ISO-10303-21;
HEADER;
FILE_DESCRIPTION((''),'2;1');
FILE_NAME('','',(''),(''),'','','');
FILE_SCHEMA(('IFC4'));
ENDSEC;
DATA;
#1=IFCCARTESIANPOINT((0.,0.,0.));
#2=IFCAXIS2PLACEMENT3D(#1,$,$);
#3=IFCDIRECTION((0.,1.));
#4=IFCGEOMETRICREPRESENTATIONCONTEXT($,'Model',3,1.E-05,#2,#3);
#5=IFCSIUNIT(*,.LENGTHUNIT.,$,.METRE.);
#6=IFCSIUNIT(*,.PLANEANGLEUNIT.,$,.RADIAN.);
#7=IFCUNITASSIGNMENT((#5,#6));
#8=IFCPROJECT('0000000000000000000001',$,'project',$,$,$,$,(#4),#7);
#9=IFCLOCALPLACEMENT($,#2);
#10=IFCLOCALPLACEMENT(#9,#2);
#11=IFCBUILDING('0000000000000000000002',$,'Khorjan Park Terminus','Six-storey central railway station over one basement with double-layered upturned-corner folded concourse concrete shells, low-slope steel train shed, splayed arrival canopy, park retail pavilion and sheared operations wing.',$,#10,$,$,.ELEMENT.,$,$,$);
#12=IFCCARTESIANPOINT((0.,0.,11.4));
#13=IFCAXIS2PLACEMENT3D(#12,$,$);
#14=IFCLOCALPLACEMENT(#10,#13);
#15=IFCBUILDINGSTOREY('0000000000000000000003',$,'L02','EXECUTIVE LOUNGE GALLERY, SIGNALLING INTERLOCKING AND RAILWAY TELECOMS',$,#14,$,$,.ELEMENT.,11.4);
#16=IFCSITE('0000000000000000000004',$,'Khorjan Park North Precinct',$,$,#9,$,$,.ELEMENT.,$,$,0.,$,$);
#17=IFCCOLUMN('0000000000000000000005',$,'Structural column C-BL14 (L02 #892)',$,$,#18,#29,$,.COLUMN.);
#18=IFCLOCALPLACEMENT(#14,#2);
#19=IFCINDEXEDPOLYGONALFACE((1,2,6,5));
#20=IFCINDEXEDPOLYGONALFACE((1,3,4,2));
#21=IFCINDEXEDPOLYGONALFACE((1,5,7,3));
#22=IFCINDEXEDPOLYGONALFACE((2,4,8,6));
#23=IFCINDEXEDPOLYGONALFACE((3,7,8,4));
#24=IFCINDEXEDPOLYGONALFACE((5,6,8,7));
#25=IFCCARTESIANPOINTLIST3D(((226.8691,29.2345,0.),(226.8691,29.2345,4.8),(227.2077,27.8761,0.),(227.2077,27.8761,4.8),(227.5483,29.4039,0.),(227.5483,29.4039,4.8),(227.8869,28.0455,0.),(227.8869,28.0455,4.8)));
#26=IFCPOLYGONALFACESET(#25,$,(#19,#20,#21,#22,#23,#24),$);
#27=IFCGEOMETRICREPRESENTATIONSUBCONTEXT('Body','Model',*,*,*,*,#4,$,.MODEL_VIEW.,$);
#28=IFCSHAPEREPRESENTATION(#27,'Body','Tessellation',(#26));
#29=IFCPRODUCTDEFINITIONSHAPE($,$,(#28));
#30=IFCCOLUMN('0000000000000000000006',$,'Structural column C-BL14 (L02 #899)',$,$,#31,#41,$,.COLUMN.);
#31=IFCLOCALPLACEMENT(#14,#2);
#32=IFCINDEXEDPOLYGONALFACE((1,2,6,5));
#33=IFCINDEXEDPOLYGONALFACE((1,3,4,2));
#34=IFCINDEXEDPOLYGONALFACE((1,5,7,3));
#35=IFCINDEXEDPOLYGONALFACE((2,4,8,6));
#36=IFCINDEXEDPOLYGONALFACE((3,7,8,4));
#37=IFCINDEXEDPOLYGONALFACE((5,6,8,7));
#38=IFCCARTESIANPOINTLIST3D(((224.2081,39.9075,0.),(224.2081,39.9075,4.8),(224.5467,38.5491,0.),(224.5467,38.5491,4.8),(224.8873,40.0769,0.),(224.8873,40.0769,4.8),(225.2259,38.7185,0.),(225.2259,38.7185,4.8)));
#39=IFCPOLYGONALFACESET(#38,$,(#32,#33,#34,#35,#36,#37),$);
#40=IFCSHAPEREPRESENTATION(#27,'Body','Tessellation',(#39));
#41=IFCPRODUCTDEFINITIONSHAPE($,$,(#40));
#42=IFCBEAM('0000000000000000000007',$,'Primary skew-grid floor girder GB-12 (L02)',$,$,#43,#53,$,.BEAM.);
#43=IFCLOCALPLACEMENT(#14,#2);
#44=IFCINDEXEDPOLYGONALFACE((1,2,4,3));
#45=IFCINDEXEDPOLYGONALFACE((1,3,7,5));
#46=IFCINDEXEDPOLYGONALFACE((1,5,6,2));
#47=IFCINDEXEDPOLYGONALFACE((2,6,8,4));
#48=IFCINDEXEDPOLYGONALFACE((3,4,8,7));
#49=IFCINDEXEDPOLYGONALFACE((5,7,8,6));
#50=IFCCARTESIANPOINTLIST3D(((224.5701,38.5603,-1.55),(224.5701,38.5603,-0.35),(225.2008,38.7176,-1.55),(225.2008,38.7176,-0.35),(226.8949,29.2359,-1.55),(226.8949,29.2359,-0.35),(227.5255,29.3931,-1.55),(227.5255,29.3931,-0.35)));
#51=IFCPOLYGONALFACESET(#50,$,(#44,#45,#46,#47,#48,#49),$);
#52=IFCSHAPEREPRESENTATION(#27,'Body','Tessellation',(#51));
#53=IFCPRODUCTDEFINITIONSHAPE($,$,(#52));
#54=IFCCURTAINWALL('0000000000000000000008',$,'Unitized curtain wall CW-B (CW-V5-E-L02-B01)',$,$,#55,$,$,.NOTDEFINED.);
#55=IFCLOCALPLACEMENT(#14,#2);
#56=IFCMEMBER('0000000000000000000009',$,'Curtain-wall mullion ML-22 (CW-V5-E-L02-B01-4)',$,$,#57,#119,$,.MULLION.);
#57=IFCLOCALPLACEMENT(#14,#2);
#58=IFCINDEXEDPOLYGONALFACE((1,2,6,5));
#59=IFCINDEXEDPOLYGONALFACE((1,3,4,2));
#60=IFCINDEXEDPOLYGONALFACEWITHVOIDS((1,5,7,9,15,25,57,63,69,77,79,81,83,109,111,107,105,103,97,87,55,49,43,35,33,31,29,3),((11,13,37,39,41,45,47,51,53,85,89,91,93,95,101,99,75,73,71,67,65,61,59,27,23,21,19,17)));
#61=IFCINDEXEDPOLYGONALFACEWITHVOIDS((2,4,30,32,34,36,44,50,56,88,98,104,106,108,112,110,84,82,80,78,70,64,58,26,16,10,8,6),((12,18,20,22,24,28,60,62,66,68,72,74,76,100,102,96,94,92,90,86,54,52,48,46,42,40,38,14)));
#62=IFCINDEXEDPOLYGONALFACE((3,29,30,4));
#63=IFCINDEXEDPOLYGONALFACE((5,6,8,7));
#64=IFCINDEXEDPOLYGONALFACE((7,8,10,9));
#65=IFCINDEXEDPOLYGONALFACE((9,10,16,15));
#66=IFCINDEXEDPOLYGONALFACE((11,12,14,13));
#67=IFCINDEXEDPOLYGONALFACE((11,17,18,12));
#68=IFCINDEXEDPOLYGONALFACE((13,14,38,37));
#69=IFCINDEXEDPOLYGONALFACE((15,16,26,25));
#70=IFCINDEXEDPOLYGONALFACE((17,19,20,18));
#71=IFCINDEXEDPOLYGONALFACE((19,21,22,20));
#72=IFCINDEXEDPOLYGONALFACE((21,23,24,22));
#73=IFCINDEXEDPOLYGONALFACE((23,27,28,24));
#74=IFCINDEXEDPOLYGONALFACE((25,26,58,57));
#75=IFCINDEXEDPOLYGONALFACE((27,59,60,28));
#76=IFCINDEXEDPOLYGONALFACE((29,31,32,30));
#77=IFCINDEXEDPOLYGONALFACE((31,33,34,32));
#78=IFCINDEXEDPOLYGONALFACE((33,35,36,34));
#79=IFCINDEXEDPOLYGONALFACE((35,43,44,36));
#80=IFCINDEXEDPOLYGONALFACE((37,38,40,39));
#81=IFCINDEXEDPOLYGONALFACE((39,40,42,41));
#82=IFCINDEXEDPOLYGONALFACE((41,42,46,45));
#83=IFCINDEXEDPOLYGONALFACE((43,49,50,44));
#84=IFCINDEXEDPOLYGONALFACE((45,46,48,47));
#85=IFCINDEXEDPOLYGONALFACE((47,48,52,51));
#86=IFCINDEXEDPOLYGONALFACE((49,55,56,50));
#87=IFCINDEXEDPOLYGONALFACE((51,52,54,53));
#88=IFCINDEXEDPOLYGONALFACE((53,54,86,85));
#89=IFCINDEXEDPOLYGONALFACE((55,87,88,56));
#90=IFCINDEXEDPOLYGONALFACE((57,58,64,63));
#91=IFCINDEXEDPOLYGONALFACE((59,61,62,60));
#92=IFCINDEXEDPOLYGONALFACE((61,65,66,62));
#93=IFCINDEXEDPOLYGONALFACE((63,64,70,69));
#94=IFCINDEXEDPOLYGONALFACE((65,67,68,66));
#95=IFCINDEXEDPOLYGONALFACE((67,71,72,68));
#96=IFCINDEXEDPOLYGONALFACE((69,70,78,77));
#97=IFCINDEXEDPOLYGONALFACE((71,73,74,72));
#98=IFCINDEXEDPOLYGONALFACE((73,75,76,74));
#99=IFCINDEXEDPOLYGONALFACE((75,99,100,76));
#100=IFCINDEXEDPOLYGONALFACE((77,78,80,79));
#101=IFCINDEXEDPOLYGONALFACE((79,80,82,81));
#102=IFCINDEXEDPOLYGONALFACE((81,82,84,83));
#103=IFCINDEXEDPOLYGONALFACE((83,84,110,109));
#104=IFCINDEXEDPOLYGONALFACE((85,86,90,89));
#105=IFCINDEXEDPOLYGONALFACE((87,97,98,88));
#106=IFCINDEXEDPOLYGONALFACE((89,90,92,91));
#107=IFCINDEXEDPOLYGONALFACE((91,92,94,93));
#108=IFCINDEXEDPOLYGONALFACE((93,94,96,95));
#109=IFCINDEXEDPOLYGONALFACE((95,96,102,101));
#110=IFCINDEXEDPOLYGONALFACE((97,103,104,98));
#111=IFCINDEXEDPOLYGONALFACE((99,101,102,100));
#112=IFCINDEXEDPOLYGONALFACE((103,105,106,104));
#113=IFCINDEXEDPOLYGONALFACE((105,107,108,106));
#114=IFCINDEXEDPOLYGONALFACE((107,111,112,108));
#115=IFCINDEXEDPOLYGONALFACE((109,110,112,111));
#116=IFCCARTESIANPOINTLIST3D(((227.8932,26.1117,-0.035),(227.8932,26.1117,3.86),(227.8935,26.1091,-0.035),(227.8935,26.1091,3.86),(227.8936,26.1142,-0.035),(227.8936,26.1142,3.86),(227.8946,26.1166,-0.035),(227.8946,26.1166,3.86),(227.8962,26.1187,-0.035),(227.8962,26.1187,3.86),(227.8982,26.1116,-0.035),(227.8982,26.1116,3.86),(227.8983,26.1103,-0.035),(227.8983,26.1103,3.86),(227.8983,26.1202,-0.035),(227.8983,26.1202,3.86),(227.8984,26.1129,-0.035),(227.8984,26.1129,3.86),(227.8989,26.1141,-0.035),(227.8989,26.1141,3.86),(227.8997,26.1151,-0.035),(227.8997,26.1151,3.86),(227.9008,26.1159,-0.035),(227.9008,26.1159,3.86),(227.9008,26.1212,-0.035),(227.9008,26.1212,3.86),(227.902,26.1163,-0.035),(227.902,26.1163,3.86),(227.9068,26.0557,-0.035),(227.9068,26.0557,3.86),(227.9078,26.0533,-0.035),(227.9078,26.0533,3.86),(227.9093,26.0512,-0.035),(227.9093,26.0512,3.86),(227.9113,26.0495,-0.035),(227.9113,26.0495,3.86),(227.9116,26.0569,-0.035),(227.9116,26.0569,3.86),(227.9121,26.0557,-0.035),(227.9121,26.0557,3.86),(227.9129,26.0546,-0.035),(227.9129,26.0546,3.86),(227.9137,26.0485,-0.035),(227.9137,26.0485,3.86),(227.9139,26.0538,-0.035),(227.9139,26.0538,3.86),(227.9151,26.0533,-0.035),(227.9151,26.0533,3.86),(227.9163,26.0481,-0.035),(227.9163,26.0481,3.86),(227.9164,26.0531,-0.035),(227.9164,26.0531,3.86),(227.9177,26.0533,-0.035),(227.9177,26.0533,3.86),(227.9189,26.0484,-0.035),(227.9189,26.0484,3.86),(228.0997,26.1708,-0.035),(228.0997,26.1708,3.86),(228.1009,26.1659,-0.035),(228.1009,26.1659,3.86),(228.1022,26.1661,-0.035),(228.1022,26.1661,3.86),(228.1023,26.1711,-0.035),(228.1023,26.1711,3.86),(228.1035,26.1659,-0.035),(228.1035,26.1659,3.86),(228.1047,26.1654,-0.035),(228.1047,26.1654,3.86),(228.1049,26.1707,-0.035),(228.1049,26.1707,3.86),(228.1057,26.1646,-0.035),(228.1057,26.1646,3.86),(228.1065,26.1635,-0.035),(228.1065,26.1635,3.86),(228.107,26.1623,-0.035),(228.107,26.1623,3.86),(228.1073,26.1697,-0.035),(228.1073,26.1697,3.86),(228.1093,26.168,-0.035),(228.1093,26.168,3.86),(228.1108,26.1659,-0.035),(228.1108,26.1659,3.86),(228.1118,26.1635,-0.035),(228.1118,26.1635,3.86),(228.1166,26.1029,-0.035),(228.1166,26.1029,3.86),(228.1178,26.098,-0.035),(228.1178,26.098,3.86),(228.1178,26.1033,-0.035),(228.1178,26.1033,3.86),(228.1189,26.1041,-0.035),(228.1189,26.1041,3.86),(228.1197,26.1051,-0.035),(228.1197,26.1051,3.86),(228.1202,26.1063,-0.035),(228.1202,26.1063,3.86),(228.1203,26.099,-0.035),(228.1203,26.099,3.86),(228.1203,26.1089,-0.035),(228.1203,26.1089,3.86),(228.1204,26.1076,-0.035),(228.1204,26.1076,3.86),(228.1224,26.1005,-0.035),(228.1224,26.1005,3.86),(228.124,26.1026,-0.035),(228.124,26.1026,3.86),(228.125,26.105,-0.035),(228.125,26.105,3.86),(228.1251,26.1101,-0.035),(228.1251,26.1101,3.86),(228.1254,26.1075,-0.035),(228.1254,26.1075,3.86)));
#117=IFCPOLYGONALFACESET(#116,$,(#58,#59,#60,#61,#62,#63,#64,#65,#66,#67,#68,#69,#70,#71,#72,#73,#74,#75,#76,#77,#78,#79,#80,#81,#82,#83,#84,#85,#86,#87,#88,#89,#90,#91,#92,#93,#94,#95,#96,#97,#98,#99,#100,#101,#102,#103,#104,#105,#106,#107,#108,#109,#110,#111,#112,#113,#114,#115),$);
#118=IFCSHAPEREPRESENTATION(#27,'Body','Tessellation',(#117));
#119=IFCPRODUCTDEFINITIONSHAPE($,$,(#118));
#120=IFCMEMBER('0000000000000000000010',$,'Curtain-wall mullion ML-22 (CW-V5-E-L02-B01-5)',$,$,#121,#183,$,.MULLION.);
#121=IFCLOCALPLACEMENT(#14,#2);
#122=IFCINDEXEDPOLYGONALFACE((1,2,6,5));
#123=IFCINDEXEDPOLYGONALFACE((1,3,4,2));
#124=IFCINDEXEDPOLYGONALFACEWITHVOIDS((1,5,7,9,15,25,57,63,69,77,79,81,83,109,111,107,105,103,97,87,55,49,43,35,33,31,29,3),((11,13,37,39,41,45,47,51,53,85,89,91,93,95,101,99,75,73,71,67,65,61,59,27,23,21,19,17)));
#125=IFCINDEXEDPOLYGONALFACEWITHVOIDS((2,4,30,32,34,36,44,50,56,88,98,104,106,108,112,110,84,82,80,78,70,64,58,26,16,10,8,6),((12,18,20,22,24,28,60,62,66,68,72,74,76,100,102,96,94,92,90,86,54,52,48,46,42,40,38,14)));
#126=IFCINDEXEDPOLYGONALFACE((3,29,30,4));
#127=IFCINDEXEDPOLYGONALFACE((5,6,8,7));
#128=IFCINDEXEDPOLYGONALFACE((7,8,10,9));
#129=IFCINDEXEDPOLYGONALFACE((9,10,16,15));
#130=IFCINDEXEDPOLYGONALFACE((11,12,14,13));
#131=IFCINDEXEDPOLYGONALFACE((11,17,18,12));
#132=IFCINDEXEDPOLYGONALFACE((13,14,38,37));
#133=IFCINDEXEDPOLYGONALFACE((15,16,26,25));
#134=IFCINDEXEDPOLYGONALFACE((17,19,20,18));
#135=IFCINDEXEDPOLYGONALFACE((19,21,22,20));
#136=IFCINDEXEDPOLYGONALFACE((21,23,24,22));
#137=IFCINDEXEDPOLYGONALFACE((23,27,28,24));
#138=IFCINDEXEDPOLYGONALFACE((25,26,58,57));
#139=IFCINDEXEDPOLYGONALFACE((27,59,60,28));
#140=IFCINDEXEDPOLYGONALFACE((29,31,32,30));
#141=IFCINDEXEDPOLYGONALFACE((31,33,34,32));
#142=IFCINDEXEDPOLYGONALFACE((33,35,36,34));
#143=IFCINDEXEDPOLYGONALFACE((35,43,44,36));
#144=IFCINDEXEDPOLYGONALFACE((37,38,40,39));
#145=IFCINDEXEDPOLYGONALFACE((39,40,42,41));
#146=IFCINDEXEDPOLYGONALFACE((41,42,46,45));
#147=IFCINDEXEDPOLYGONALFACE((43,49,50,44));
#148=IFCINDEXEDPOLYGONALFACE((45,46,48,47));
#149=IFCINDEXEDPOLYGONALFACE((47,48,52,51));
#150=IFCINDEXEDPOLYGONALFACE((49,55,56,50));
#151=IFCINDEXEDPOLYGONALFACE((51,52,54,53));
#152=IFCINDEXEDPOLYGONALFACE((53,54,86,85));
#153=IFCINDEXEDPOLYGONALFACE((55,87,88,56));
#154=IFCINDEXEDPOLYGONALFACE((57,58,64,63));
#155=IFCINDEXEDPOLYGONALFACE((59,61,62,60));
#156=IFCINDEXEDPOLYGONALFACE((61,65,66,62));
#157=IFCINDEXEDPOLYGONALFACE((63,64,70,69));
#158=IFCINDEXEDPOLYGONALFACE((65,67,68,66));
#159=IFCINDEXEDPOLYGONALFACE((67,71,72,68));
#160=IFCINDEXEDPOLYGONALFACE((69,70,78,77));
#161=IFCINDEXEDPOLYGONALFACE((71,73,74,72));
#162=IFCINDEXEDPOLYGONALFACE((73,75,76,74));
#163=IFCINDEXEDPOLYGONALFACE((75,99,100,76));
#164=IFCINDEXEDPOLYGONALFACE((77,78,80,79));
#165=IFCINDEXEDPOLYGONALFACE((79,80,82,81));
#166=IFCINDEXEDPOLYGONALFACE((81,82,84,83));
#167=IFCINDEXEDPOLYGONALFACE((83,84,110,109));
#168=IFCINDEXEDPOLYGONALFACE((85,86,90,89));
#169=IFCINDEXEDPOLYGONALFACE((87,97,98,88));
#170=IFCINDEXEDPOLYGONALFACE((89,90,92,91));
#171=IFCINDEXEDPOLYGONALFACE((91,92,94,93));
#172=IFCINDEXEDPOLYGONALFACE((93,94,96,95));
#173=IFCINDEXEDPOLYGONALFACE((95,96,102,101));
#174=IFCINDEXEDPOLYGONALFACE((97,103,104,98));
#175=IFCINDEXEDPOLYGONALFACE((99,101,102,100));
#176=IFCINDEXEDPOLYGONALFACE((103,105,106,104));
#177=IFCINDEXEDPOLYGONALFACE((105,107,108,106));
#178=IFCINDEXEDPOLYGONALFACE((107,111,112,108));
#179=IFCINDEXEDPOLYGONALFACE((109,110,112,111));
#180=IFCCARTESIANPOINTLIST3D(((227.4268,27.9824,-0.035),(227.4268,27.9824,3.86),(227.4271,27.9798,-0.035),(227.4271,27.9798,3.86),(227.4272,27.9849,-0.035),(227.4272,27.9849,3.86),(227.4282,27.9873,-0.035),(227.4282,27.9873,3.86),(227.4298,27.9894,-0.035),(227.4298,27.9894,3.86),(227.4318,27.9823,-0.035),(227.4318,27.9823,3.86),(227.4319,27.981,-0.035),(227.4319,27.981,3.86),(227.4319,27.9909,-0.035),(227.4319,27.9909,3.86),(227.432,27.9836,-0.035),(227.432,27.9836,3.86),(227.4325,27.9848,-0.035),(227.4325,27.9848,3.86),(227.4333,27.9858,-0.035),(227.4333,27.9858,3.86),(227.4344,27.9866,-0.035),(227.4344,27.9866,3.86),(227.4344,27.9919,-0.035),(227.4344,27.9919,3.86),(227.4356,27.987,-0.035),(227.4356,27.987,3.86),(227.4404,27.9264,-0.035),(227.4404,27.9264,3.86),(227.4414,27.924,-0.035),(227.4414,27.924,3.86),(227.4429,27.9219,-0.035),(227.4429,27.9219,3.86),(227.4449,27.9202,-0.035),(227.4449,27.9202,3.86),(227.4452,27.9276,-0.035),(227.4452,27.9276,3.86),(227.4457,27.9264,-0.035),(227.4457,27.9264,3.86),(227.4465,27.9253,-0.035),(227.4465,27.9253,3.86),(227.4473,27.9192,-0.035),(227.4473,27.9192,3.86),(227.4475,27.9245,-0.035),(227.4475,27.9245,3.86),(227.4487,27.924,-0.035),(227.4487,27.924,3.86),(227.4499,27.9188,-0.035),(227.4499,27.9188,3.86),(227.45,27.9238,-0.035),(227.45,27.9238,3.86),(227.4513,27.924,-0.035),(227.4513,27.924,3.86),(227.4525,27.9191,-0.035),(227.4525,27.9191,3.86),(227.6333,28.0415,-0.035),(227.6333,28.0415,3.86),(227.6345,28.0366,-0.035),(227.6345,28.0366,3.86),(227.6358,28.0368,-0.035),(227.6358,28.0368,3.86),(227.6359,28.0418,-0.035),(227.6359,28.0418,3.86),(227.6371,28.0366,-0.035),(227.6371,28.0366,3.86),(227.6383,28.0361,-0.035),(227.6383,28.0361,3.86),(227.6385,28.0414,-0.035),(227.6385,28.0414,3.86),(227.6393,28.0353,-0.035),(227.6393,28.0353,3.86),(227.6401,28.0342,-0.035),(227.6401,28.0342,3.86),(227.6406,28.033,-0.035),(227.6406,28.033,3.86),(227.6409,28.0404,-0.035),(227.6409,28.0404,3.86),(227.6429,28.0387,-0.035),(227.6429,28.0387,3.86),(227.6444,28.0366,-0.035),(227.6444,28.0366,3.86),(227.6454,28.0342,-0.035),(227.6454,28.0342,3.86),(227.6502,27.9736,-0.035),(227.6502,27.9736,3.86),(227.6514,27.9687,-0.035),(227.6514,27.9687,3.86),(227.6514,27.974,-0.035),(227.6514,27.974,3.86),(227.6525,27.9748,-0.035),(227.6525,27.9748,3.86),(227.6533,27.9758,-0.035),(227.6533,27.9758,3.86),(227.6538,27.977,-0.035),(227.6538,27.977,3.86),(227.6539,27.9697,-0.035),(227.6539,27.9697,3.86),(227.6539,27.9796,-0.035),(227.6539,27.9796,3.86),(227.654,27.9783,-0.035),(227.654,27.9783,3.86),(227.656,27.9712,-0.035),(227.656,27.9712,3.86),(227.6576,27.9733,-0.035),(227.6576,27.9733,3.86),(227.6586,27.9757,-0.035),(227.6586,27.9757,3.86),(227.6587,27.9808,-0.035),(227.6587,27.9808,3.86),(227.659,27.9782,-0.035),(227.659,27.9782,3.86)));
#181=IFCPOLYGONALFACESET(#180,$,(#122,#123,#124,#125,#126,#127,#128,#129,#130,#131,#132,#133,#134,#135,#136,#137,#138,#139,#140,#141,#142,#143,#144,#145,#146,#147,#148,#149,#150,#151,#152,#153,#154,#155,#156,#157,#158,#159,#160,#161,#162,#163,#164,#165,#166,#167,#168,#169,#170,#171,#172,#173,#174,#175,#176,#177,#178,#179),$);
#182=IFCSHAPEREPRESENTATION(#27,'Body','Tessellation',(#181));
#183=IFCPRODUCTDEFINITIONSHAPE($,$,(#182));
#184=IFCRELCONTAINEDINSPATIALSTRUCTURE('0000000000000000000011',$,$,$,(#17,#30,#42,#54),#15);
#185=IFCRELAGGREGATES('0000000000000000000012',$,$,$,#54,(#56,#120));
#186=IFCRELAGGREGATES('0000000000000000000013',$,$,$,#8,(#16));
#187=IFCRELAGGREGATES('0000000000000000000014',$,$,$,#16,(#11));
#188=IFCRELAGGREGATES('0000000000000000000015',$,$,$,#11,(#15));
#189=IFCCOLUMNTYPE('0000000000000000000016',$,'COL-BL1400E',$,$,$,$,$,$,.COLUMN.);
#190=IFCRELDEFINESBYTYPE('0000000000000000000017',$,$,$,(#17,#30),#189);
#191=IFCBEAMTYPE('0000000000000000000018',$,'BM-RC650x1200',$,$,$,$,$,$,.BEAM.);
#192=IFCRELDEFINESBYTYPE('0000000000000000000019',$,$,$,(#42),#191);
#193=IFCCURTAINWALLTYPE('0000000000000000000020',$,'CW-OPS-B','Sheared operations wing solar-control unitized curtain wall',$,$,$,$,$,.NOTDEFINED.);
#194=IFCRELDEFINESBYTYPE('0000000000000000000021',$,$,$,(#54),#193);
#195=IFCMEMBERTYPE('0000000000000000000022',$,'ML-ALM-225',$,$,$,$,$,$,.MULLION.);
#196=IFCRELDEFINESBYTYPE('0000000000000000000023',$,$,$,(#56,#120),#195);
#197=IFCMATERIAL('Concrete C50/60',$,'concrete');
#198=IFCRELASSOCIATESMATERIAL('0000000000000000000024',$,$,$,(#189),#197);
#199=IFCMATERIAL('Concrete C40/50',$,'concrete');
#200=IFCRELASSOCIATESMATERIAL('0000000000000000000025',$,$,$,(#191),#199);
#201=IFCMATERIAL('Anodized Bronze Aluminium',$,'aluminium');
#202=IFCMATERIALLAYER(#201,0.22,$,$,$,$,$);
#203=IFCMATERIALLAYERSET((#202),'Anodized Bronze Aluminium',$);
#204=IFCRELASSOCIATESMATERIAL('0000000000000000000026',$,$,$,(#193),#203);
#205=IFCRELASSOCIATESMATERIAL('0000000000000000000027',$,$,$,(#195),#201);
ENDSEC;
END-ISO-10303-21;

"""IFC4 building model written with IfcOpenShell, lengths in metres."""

from ifc_helpers import new_model, si_unit, direction, frame, origin, origin_2d, place, context, subcontext, project, spatial, rectangle, hollow_rectangle, extrude, material, layer, layer_set, material_profile, profile_set, type_object, element, aggregate, save


model = new_model("IFC4")

# Units and contexts
model_context = context("Model", 3, precision=1e-05, world=origin(), true_north=direction((0.0, 1.0)))
body_context = subcontext(model_context, "Body", "Model", "MODEL_VIEW")
ifc_project = project(units=[si_unit("LENGTHUNIT", "METRE"), si_unit("PLANEANGLEUNIT", "RADIAN")], contexts=[model_context])

# Site, building, storey
site_placement = place(None, origin())
site = spatial("IfcSite", under=ifc_project, at=site_placement, Name="Khorjan Park North Precinct", CompositionType="ELEMENT", RefElevation=0.0)
building_placement = place(site_placement, origin())
building = spatial("IfcBuilding", under=site, at=building_placement, Name="Khorjan Park Terminus", Description="Six-storey central railway station over one basement with double-layered upturned-corner folded concourse concrete shells, low-slope steel train shed, splayed arrival canopy, park retail pavilion and sheared operations wing.", CompositionType="ELEMENT")
storey_placement = place(building_placement, frame((0.0, 0.0, 11.4)))
storey = spatial("IfcBuildingStorey", under=building, at=storey_placement, Name="L02", Description="EXECUTIVE LOUNGE GALLERY, SIGNALLING INTERLOCKING AND RAILWAY TELECOMS", CompositionType="ELEMENT", Elevation=11.4)

# Columns
ifc_material_1 = material(Name="Concrete C50/60", Category="concrete")
ifc_material_profile_1 = material_profile(ifc_material_1, rectangle(XDim=0.7, YDim=1.4, at=origin_2d()), Name="RC 700x1400")
ifc_profile_set_1 = profile_set([ifc_material_profile_1], Name="Concrete C50/60")
column_type = type_object("IfcColumnType", Name="COL-BL1400E", PredefinedType="COLUMN", material=ifc_profile_set_1)
for number, where, z_axis, x_axis, name in (
    (1, (227.378, 28.64, 0.0), (0.0, 0.0, 1.0), (0.970296, 0.241922, 0.0), "Structural column C-BL14 (L02 #892)"),
    (2, (224.717, 39.313, 0.0), (0.0, 0.0, 1.0), (0.970296, 0.241922, 0.0), "Structural column C-BL14 (L02 #899)"),
):
    element("IfcColumn", number, at=place(storey_placement, frame(where, z_axis=z_axis, x_axis=x_axis)), inside=storey, type_object=column_type, Name=name, PredefinedType="COLUMN", context=body_context, shape_type="SweptSolid", body=[
        extrude(rectangle(XDim=0.7, YDim=1.4, at=origin_2d()), origin(), (0.0, 0.0, 1.0), 4.8),
    ])

# Beam
ifc_material_2 = material(Name="Concrete C40/50", Category="concrete")
ifc_material_profile_2 = material_profile(ifc_material_2, rectangle(XDim=0.65, YDim=1.2, at=origin_2d()), Name="RC 650x1200")
ifc_profile_set_2 = profile_set([ifc_material_profile_2], Name="Concrete C40/50")
beam_type = type_object("IfcBeamType", Name="BM-RC650x1200", PredefinedType="BEAM", material=ifc_profile_set_2)
beam_placement = place(storey_placement, frame((227.2102, 29.3145, -0.95), z_axis=(-0.241916, 0.970297, 0.0), x_axis=(-0.970297, -0.241916, 0.0)))
element("IfcBeam", 3, at=beam_placement, inside=storey, type_object=beam_type, Name="Primary skew-grid floor girder GB-12 (L02)", PredefinedType="BEAM", context=body_context, shape_type="SweptSolid", body=[
    extrude(rectangle(XDim=0.65, YDim=1.2, at=origin_2d()), origin(), (0.0, 0.0, 1.0), 9.6099),
])

# Curtain wall, members
ifc_material_3 = material(Name="Anodized Bronze Aluminium", Category="aluminium")
ifc_layer_1 = layer(ifc_material_3, 0.22)
ifc_layer_set_1 = layer_set([ifc_layer_1], Name="Anodized Bronze Aluminium")
curtain_wall_type = type_object("IfcCurtainWallType", Name="CW-OPS-B", Description="Sheared operations wing solar-control unitized curtain wall", PredefinedType="NOTDEFINED", material=ifc_layer_set_1)
curtain_wall_1_placement = place(storey_placement, origin())
curtain_wall_1 = element("IfcCurtainWall", 4, at=curtain_wall_1_placement, inside=storey, type_object=curtain_wall_type, Name="Unitized curtain wall CW-B (CW-V5-E-L02-B01)", PredefinedType="NOTDEFINED")
ifc_material_profile_3 = material_profile(ifc_material_3, hollow_rectangle(XDim=0.075, YDim=0.225, WallThickness=0.005, InnerFilletRadius=0.005, OuterFilletRadius=0.01, at=origin_2d()), Name="ALM 75x225x5")
ifc_profile_set_3 = profile_set([ifc_material_profile_3], Name="Anodized Bronze Aluminium")
member_type_1 = type_object("IfcMemberType", Name="ML-ALM-225", PredefinedType="MULLION", material=ifc_profile_set_3)
member_1_placement = place(storey_placement, frame((228.0093, 26.1096, -0.035), z_axis=(0.0, 0.0, 1.0), x_axis=(-0.24192, 0.970296, 0.0)))
member_1 = element("IfcMember", 5, at=member_1_placement, type_object=member_type_1, Name="Curtain-wall mullion ML-22 (CW-V5-E-L02-B01-4)", PredefinedType="MULLION", context=body_context, shape_type="SweptSolid", body=[
    extrude(hollow_rectangle(XDim=0.075, YDim=0.225, WallThickness=0.005, InnerFilletRadius=0.005, OuterFilletRadius=0.01, at=origin_2d()), origin(), (0.0, 0.0, 1.0), 3.895),
])
member_2_placement = place(storey_placement, frame((227.5429, 27.9803, -0.035), z_axis=(0.0, 0.0, 1.0), x_axis=(-0.24192, 0.970296, 0.0)))
member_2 = element("IfcMember", 6, at=member_2_placement, type_object=member_type_1, Name="Curtain-wall mullion ML-22 (CW-V5-E-L02-B01-5)", PredefinedType="MULLION", context=body_context, shape_type="SweptSolid", body=[
    extrude(hollow_rectangle(XDim=0.075, YDim=0.225, WallThickness=0.005, InnerFilletRadius=0.005, OuterFilletRadius=0.01, at=origin_2d()), origin(), (0.0, 0.0, 1.0), 3.895),
])

aggregate(curtain_wall_1, [member_1, member_2])

save(model, "model.ifc")
